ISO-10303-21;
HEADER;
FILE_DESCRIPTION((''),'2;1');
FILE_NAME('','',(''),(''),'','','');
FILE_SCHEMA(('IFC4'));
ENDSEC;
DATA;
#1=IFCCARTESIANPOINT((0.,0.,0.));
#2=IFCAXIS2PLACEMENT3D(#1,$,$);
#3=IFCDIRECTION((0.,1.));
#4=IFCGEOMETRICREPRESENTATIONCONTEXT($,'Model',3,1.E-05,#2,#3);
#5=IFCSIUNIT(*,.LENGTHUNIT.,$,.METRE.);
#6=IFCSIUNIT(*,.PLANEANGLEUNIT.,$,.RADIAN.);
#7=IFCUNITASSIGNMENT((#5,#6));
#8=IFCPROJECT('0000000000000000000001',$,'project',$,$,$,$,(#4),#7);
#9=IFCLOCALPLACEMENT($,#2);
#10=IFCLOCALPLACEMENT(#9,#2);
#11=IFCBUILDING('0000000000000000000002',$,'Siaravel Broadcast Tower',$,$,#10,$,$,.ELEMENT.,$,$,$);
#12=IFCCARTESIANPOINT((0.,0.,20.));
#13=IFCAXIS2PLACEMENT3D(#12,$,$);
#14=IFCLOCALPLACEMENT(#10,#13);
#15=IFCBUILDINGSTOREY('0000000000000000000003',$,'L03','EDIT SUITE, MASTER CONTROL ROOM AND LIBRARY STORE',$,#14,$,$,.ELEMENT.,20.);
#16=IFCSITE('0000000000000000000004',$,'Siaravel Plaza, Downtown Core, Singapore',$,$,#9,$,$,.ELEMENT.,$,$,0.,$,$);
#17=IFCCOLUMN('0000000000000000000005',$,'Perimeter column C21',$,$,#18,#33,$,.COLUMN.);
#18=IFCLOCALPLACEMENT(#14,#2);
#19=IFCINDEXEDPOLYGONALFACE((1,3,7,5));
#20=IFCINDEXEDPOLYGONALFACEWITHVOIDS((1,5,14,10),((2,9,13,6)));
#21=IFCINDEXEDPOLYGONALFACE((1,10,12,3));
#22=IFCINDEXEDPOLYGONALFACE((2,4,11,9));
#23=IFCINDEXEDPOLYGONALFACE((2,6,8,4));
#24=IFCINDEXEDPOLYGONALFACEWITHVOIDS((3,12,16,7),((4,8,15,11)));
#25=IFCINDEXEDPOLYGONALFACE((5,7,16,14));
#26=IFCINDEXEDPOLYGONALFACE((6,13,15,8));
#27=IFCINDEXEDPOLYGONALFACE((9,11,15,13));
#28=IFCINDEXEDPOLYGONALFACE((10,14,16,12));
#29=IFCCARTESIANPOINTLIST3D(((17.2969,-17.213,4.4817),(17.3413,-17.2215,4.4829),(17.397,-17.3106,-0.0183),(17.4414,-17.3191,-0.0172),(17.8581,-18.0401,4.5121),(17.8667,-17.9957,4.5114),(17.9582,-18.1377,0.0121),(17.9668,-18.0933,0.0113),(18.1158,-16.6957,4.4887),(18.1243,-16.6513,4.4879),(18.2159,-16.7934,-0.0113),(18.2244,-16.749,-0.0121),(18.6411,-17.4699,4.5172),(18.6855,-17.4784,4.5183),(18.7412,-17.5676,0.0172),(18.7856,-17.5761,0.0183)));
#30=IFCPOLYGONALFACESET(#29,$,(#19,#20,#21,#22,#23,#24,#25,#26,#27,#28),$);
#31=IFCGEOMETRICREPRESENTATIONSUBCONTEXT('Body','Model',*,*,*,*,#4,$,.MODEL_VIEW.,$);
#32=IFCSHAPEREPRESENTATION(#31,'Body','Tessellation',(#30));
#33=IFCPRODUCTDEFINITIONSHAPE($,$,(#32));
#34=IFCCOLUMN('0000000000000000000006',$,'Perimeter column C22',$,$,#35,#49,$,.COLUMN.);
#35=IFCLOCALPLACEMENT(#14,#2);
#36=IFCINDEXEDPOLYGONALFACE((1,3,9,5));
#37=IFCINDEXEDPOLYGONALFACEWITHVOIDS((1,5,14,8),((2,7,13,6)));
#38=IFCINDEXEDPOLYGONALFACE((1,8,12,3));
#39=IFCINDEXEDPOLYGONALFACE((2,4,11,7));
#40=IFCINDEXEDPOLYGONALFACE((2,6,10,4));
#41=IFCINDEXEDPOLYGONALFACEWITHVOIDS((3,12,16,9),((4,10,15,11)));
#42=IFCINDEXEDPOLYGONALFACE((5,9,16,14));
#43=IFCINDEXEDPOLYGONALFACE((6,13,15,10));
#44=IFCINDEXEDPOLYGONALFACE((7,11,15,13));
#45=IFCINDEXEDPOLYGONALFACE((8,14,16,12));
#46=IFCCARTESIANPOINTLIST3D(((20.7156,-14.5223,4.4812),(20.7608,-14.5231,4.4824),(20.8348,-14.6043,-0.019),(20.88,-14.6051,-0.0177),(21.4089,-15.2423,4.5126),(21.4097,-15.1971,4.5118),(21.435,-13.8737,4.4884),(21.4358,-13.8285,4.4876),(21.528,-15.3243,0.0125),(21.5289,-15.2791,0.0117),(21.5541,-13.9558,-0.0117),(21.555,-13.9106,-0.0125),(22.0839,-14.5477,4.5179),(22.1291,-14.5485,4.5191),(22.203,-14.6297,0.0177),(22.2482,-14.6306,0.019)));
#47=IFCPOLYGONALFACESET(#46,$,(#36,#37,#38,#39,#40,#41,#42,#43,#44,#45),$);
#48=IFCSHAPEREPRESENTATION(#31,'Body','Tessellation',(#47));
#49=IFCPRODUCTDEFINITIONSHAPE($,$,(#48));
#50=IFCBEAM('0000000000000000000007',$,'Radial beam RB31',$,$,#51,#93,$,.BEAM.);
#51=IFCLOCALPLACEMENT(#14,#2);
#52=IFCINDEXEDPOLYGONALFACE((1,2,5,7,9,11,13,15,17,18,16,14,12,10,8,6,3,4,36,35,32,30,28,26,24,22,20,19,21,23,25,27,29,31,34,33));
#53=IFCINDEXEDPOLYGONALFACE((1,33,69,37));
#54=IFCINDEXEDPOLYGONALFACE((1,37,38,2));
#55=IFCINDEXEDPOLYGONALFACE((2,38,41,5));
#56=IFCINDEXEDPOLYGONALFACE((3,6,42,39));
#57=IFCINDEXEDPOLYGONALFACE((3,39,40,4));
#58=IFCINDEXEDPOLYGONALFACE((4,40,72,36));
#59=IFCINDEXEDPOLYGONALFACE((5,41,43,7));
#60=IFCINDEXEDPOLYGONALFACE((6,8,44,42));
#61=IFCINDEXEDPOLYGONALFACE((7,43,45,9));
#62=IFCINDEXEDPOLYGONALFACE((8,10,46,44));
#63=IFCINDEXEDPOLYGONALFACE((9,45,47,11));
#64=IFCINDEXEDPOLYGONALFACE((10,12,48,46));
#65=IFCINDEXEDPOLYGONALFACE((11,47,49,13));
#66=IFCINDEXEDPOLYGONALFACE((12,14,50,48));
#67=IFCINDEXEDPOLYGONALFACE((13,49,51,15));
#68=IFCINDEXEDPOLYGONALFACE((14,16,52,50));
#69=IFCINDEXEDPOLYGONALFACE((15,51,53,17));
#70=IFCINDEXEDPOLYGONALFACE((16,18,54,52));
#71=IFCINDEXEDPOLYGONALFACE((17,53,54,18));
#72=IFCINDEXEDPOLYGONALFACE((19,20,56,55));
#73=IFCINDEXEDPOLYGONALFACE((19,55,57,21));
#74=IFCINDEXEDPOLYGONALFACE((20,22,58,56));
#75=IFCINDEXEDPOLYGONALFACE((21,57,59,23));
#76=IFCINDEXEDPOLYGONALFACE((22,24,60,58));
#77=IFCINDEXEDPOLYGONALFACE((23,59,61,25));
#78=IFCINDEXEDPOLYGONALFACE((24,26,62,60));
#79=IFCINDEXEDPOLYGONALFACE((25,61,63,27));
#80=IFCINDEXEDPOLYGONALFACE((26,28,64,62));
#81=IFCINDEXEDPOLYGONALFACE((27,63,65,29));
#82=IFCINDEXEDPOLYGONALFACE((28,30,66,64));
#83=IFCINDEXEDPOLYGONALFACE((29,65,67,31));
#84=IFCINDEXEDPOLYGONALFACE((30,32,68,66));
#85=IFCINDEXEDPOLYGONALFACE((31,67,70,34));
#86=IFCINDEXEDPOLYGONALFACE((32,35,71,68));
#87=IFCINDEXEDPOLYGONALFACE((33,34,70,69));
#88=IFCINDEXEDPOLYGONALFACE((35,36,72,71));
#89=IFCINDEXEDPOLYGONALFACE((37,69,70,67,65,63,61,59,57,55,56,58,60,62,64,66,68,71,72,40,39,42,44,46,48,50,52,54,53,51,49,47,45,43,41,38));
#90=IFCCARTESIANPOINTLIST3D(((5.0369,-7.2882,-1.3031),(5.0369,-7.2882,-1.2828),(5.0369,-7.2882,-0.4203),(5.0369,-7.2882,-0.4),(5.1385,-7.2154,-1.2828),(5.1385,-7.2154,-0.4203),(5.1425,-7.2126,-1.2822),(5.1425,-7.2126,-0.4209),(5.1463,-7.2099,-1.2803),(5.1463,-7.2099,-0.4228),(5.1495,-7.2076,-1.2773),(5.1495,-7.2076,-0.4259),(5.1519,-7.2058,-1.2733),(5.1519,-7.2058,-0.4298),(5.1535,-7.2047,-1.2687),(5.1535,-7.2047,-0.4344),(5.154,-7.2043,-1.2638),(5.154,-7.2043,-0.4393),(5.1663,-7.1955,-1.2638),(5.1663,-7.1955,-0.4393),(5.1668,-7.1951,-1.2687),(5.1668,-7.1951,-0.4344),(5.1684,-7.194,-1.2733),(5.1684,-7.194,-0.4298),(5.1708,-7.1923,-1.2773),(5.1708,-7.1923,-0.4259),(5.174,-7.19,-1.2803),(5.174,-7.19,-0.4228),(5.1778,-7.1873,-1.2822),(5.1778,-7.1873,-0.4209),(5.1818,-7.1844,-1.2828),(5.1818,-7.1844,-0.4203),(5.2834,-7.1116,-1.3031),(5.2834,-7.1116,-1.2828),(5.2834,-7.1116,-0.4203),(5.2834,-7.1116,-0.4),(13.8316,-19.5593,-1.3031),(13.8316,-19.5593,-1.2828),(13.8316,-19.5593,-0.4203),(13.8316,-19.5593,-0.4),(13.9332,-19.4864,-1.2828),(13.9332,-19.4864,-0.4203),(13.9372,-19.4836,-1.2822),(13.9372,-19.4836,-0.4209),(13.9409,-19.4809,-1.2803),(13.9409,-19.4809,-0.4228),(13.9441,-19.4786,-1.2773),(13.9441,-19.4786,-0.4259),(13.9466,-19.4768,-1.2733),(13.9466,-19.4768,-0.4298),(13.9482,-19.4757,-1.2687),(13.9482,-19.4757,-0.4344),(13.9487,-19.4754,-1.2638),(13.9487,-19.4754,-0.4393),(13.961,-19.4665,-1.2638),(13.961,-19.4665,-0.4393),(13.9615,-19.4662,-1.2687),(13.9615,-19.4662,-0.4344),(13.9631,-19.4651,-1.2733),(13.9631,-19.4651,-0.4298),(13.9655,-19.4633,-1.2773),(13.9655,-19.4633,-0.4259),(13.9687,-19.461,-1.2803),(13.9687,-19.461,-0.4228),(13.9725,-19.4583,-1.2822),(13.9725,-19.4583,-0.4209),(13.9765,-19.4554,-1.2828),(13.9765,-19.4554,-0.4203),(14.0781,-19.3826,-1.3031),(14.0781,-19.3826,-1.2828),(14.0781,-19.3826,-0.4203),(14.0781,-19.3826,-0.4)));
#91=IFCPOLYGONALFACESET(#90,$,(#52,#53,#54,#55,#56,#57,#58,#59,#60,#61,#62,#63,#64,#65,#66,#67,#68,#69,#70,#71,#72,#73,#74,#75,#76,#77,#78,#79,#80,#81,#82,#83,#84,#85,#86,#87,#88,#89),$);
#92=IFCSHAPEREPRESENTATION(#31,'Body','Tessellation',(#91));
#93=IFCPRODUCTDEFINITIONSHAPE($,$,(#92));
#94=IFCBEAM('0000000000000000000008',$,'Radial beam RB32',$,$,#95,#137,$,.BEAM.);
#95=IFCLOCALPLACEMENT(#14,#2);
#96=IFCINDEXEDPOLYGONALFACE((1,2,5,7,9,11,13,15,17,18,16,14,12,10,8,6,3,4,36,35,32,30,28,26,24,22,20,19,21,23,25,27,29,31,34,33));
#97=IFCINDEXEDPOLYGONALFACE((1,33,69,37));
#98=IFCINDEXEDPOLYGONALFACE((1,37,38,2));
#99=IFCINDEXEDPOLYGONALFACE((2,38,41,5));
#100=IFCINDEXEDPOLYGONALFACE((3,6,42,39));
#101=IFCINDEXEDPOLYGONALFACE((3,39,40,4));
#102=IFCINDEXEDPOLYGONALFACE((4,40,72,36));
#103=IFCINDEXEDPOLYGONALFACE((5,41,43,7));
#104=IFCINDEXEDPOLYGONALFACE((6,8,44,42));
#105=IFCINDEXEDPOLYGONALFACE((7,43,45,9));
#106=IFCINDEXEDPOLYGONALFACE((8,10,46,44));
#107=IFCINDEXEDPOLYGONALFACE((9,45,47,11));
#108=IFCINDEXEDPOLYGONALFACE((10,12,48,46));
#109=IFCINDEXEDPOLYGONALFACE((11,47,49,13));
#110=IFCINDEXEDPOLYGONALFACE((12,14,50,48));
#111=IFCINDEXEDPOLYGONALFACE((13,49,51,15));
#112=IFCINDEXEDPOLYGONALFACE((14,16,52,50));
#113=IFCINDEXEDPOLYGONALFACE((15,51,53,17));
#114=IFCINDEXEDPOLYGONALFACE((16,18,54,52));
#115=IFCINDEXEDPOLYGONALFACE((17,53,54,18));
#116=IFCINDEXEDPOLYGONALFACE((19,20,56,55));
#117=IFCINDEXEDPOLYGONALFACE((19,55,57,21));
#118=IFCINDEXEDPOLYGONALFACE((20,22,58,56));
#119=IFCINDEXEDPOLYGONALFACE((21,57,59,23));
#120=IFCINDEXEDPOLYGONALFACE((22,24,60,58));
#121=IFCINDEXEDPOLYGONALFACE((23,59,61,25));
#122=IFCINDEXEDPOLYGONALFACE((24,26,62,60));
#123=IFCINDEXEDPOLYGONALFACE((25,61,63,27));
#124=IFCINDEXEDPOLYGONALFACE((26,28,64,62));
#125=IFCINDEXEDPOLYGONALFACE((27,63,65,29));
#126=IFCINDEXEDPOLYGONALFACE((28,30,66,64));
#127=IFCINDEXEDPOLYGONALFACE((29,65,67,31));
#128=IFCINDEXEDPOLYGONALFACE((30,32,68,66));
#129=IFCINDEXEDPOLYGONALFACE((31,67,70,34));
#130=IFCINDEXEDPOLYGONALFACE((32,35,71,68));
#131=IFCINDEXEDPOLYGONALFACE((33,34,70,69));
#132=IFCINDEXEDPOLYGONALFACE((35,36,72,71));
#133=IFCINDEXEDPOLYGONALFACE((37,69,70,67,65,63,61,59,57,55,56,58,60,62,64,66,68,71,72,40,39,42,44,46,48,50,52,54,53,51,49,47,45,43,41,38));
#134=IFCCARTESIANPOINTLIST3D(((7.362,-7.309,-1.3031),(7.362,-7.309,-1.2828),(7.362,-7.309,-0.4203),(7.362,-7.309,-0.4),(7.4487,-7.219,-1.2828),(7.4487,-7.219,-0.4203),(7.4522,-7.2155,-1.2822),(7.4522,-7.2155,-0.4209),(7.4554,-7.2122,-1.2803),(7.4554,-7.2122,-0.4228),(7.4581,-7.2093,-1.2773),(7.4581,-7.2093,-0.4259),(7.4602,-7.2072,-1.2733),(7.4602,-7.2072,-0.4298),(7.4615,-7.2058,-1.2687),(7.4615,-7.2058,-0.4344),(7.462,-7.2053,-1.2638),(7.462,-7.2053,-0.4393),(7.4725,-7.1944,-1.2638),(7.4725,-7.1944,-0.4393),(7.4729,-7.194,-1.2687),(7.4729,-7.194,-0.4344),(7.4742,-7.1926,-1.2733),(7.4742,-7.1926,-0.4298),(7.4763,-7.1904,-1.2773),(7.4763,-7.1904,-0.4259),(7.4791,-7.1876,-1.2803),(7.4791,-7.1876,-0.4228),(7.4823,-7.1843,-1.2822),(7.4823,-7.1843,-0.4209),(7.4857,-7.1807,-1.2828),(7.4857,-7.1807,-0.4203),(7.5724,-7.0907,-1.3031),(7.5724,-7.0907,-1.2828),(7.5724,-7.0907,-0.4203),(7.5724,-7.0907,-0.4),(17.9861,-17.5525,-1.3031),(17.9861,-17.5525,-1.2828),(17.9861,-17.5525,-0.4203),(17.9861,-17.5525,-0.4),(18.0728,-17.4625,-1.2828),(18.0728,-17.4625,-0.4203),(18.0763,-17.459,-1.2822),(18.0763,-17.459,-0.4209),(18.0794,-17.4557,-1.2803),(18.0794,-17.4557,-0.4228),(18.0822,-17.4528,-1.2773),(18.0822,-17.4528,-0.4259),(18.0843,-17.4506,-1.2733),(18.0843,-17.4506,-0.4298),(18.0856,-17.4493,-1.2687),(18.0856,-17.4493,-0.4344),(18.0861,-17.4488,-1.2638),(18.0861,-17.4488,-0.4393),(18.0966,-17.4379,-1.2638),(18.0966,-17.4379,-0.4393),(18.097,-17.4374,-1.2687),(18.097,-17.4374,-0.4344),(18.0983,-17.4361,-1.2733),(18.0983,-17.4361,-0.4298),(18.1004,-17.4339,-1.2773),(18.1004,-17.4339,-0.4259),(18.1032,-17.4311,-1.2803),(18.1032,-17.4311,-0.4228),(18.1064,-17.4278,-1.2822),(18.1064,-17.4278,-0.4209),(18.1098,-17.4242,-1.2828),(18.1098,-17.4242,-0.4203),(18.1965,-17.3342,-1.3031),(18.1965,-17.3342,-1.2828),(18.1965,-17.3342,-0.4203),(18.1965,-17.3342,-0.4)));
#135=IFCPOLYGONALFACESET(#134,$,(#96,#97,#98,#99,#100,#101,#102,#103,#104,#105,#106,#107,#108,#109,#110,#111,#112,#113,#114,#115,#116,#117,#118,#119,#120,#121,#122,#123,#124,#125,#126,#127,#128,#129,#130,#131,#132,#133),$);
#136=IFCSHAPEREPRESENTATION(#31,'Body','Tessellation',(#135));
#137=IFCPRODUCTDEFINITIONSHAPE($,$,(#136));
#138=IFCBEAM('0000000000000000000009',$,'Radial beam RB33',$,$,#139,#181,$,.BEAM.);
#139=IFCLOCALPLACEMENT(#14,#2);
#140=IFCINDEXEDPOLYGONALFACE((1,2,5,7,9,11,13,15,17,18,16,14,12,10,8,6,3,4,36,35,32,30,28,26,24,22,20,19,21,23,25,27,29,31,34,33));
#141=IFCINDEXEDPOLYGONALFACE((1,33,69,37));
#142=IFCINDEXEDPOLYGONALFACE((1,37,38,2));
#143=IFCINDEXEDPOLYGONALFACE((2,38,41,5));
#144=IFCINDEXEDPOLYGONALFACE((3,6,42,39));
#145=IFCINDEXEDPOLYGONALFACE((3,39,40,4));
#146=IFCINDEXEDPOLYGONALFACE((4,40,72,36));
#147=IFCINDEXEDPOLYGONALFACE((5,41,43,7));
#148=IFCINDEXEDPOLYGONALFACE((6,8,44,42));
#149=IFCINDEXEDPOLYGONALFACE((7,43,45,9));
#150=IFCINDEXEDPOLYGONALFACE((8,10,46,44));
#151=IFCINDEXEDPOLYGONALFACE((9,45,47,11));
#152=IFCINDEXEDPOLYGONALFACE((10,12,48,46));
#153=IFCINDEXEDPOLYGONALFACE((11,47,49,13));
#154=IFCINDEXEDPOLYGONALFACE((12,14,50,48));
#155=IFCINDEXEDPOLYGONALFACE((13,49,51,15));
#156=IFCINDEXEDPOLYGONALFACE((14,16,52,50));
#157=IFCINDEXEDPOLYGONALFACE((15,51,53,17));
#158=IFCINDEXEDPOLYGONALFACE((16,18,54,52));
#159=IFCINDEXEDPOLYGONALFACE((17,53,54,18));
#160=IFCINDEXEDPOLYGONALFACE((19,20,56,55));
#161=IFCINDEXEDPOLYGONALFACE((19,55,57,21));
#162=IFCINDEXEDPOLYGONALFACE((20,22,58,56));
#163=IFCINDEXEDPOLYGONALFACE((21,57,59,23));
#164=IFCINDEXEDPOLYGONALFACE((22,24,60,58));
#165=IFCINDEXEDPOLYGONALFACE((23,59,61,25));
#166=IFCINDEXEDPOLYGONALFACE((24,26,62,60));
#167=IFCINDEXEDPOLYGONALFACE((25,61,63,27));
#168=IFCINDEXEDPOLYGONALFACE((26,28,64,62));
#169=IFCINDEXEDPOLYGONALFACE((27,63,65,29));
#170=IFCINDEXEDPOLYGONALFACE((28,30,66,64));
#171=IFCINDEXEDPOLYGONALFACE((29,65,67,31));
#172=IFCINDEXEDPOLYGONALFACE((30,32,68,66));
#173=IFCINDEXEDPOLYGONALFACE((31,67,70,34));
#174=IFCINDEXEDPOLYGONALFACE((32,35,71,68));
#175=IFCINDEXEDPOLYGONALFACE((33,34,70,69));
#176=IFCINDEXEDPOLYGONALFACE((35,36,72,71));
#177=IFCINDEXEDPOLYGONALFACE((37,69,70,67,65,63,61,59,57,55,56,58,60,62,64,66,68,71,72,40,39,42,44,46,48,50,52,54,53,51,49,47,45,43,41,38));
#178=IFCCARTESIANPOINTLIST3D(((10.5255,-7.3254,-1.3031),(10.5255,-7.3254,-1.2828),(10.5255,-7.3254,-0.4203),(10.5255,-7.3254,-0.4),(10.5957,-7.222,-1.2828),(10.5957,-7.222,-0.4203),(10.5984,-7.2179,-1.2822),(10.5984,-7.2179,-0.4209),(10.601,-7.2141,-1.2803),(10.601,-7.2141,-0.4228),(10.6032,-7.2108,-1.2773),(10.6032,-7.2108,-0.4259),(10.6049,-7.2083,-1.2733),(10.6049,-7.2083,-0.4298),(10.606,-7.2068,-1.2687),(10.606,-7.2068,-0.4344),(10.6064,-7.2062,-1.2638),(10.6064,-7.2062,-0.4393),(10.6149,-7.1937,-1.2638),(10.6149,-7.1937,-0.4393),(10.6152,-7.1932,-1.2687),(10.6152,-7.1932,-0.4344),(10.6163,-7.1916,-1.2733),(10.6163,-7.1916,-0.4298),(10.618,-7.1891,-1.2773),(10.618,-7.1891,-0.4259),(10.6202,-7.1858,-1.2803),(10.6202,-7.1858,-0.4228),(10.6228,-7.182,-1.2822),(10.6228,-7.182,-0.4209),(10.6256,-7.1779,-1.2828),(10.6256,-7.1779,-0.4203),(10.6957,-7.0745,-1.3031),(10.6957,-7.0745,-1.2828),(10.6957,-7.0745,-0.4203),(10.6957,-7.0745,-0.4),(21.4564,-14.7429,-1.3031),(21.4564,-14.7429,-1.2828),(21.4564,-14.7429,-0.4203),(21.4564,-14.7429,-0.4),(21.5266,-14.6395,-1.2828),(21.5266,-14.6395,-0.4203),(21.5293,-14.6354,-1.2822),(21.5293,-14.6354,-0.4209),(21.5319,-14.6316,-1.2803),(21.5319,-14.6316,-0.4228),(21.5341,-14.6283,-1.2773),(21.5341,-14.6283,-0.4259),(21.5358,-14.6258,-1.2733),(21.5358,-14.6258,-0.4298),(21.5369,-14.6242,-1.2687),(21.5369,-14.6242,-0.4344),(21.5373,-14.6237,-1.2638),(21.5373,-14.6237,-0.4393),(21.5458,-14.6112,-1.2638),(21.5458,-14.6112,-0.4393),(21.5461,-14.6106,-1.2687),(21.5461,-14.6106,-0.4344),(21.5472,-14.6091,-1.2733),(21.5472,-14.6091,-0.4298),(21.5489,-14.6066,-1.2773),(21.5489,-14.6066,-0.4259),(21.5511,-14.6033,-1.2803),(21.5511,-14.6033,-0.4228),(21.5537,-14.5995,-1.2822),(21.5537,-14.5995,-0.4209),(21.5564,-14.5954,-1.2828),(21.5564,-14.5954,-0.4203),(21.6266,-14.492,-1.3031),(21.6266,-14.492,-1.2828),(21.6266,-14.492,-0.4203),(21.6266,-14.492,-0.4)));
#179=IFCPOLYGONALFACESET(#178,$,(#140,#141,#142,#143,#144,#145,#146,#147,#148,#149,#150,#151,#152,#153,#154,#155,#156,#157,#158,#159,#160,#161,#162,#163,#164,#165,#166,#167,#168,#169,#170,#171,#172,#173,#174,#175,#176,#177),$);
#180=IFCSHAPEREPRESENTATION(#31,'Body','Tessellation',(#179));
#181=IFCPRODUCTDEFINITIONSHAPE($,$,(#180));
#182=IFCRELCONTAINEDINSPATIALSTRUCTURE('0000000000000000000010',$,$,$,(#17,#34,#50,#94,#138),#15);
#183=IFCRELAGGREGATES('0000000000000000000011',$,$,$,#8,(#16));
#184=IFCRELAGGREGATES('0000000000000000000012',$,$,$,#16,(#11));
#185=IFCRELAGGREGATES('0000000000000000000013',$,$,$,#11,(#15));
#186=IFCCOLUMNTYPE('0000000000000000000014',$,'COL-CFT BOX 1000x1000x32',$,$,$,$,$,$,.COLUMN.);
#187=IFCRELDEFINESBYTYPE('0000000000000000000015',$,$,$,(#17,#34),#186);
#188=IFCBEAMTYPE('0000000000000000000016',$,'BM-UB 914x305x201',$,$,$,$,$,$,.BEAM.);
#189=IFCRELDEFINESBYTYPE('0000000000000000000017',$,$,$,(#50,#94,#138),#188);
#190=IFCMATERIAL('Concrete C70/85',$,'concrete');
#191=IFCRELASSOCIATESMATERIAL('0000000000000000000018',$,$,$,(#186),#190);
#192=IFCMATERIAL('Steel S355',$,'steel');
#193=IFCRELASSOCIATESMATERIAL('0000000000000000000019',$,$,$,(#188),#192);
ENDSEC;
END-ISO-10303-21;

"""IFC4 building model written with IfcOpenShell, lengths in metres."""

from ifc_helpers import new_model, si_unit, direction, frame, origin, origin_2d, place, context, subcontext, project, spatial, hollow_rectangle, i_section, extrude, material, material_profile, profile_set, type_object, element, save


model = new_model("IFC4")

# Units and contexts
model_context = context("Model", 3, precision=1e-05, world=origin(), true_north=direction((0.0, 1.0)))
body_context = subcontext(model_context, "Body", "Model", "MODEL_VIEW")
ifc_project = project(units=[si_unit("LENGTHUNIT", "METRE"), si_unit("PLANEANGLEUNIT", "RADIAN")], contexts=[model_context])

# Site, building, storey
site_placement = place(None, origin())
site = spatial("IfcSite", under=ifc_project, at=site_placement, Name="Siaravel Plaza, Downtown Core, Singapore", CompositionType="ELEMENT", RefElevation=0.0)
building_placement = place(site_placement, origin())
building = spatial("IfcBuilding", under=site, at=building_placement, Name="Siaravel Broadcast Tower", CompositionType="ELEMENT")
storey_placement = place(building_placement, frame((0.0, 0.0, 20.0)))
storey = spatial("IfcBuildingStorey", under=building, at=storey_placement, Name="L03", Description="EDIT SUITE, MASTER CONTROL ROOM AND LIBRARY STORE", CompositionType="ELEMENT", Elevation=20.0)

# Columns
ifc_material_1 = material(Name="Concrete C70/85", Category="concrete")
ifc_material_profile_1 = material_profile(ifc_material_1, hollow_rectangle(XDim=1.0, YDim=1.0, WallThickness=0.032, at=origin_2d()))
ifc_profile_set_1 = profile_set([ifc_material_profile_1], Name="Concrete C70/85")
column_type = type_object("IfcColumnType", Name="COL-CFT BOX 1000x1000x32", PredefinedType="COLUMN", material=ifc_profile_set_1)
column_1_placement = place(storey_placement, frame((18.0913, -17.4434, 0.0), z_axis=(-0.022233, 0.021691, 0.999517), x_axis=(-0.827361, -0.561636, -0.006215)))
element("IfcColumn", 1, at=column_1_placement, inside=storey, type_object=column_type, Name="Perimeter column C21", PredefinedType="COLUMN", context=body_context, shape_type="SweptSolid", body=[
    extrude(hollow_rectangle(XDim=1.0, YDim=1.0, WallThickness=0.032, at=origin_2d()), origin(), (0.0, 0.0, 1.0), 4.5022),
])
column_2_placement = place(storey_placement, frame((21.5415, -14.6174, 0.0), z_axis=(-0.026462, 0.01822, 0.999484), x_axis=(-0.720216, -0.69372, -0.006422)))
element("IfcColumn", 2, at=column_2_placement, inside=storey, type_object=column_type, Name="Perimeter column C22", PredefinedType="COLUMN", context=body_context, shape_type="SweptSolid", body=[
    extrude(hollow_rectangle(XDim=1.0, YDim=1.0, WallThickness=0.032, at=origin_2d()), origin(), (0.0, 0.0, 1.0), 4.5024),
])

# Beams
ifc_material_2 = material(Name="Steel S355", Category="steel")
ifc_material_profile_2 = material_profile(ifc_material_2, i_section(OverallWidth=0.3032, OverallDepth=0.9031, WebThickness=0.0151, FlangeThickness=0.0203, FilletRadius=0.019, at=origin_2d()))
ifc_profile_set_2 = profile_set([ifc_material_profile_2], Name="Steel S355")
beam_type = type_object("IfcBeamType", Name="BM-UB 914x305x201", PredefinedType="BEAM", material=ifc_profile_set_2)
beam_1_placement = place(storey_placement, frame((13.9548, -19.4709, -0.8516), z_axis=(-0.582539, 0.812803, 0.0), x_axis=(-0.812803, -0.582539, 0.0)))
element("IfcBeam", 3, at=beam_1_placement, inside=storey, type_object=beam_type, Name="Radial beam RB31", PredefinedType="BEAM", context=body_context, shape_type="SweptSolid", body=[
    extrude(i_section(OverallWidth=0.3032, OverallDepth=0.9031, WebThickness=0.0151, FlangeThickness=0.0203, FilletRadius=0.019, at=origin_2d()), origin(), (0.0, 0.0, 1.0), 15.0972),
])
beam_2_placement = place(storey_placement, frame((18.0913, -17.4434, -0.8516), z_axis=(-0.719884, 0.694094, 0.0), x_axis=(-0.694094, -0.719884, 0.0)))
element("IfcBeam", 4, at=beam_2_placement, inside=storey, type_object=beam_type, Name="Radial beam RB32", PredefinedType="BEAM", context=body_context, shape_type="SweptSolid", body=[
    extrude(i_section(OverallWidth=0.3032, OverallDepth=0.9031, WebThickness=0.0151, FlangeThickness=0.0203, FilletRadius=0.019, at=origin_2d()), origin(), (0.0, 0.0, 1.0), 14.7581),
])
beam_3_placement = place(storey_placement, frame((21.5415, -14.6174, -0.8516), z_axis=(-0.827473, 0.561505, 0.0), x_axis=(-0.561505, -0.827473, 0.0)))
element("IfcBeam", 5, at=beam_3_placement, inside=storey, type_object=beam_type, Name="Radial beam RB33", PredefinedType="BEAM", context=body_context, shape_type="SweptSolid", body=[
    extrude(i_section(OverallWidth=0.3032, OverallDepth=0.9031, WebThickness=0.0151, FlangeThickness=0.0203, FilletRadius=0.019, at=origin_2d()), origin(), (0.0, 0.0, 1.0), 13.21),
])

save(model, "model.ifc")
